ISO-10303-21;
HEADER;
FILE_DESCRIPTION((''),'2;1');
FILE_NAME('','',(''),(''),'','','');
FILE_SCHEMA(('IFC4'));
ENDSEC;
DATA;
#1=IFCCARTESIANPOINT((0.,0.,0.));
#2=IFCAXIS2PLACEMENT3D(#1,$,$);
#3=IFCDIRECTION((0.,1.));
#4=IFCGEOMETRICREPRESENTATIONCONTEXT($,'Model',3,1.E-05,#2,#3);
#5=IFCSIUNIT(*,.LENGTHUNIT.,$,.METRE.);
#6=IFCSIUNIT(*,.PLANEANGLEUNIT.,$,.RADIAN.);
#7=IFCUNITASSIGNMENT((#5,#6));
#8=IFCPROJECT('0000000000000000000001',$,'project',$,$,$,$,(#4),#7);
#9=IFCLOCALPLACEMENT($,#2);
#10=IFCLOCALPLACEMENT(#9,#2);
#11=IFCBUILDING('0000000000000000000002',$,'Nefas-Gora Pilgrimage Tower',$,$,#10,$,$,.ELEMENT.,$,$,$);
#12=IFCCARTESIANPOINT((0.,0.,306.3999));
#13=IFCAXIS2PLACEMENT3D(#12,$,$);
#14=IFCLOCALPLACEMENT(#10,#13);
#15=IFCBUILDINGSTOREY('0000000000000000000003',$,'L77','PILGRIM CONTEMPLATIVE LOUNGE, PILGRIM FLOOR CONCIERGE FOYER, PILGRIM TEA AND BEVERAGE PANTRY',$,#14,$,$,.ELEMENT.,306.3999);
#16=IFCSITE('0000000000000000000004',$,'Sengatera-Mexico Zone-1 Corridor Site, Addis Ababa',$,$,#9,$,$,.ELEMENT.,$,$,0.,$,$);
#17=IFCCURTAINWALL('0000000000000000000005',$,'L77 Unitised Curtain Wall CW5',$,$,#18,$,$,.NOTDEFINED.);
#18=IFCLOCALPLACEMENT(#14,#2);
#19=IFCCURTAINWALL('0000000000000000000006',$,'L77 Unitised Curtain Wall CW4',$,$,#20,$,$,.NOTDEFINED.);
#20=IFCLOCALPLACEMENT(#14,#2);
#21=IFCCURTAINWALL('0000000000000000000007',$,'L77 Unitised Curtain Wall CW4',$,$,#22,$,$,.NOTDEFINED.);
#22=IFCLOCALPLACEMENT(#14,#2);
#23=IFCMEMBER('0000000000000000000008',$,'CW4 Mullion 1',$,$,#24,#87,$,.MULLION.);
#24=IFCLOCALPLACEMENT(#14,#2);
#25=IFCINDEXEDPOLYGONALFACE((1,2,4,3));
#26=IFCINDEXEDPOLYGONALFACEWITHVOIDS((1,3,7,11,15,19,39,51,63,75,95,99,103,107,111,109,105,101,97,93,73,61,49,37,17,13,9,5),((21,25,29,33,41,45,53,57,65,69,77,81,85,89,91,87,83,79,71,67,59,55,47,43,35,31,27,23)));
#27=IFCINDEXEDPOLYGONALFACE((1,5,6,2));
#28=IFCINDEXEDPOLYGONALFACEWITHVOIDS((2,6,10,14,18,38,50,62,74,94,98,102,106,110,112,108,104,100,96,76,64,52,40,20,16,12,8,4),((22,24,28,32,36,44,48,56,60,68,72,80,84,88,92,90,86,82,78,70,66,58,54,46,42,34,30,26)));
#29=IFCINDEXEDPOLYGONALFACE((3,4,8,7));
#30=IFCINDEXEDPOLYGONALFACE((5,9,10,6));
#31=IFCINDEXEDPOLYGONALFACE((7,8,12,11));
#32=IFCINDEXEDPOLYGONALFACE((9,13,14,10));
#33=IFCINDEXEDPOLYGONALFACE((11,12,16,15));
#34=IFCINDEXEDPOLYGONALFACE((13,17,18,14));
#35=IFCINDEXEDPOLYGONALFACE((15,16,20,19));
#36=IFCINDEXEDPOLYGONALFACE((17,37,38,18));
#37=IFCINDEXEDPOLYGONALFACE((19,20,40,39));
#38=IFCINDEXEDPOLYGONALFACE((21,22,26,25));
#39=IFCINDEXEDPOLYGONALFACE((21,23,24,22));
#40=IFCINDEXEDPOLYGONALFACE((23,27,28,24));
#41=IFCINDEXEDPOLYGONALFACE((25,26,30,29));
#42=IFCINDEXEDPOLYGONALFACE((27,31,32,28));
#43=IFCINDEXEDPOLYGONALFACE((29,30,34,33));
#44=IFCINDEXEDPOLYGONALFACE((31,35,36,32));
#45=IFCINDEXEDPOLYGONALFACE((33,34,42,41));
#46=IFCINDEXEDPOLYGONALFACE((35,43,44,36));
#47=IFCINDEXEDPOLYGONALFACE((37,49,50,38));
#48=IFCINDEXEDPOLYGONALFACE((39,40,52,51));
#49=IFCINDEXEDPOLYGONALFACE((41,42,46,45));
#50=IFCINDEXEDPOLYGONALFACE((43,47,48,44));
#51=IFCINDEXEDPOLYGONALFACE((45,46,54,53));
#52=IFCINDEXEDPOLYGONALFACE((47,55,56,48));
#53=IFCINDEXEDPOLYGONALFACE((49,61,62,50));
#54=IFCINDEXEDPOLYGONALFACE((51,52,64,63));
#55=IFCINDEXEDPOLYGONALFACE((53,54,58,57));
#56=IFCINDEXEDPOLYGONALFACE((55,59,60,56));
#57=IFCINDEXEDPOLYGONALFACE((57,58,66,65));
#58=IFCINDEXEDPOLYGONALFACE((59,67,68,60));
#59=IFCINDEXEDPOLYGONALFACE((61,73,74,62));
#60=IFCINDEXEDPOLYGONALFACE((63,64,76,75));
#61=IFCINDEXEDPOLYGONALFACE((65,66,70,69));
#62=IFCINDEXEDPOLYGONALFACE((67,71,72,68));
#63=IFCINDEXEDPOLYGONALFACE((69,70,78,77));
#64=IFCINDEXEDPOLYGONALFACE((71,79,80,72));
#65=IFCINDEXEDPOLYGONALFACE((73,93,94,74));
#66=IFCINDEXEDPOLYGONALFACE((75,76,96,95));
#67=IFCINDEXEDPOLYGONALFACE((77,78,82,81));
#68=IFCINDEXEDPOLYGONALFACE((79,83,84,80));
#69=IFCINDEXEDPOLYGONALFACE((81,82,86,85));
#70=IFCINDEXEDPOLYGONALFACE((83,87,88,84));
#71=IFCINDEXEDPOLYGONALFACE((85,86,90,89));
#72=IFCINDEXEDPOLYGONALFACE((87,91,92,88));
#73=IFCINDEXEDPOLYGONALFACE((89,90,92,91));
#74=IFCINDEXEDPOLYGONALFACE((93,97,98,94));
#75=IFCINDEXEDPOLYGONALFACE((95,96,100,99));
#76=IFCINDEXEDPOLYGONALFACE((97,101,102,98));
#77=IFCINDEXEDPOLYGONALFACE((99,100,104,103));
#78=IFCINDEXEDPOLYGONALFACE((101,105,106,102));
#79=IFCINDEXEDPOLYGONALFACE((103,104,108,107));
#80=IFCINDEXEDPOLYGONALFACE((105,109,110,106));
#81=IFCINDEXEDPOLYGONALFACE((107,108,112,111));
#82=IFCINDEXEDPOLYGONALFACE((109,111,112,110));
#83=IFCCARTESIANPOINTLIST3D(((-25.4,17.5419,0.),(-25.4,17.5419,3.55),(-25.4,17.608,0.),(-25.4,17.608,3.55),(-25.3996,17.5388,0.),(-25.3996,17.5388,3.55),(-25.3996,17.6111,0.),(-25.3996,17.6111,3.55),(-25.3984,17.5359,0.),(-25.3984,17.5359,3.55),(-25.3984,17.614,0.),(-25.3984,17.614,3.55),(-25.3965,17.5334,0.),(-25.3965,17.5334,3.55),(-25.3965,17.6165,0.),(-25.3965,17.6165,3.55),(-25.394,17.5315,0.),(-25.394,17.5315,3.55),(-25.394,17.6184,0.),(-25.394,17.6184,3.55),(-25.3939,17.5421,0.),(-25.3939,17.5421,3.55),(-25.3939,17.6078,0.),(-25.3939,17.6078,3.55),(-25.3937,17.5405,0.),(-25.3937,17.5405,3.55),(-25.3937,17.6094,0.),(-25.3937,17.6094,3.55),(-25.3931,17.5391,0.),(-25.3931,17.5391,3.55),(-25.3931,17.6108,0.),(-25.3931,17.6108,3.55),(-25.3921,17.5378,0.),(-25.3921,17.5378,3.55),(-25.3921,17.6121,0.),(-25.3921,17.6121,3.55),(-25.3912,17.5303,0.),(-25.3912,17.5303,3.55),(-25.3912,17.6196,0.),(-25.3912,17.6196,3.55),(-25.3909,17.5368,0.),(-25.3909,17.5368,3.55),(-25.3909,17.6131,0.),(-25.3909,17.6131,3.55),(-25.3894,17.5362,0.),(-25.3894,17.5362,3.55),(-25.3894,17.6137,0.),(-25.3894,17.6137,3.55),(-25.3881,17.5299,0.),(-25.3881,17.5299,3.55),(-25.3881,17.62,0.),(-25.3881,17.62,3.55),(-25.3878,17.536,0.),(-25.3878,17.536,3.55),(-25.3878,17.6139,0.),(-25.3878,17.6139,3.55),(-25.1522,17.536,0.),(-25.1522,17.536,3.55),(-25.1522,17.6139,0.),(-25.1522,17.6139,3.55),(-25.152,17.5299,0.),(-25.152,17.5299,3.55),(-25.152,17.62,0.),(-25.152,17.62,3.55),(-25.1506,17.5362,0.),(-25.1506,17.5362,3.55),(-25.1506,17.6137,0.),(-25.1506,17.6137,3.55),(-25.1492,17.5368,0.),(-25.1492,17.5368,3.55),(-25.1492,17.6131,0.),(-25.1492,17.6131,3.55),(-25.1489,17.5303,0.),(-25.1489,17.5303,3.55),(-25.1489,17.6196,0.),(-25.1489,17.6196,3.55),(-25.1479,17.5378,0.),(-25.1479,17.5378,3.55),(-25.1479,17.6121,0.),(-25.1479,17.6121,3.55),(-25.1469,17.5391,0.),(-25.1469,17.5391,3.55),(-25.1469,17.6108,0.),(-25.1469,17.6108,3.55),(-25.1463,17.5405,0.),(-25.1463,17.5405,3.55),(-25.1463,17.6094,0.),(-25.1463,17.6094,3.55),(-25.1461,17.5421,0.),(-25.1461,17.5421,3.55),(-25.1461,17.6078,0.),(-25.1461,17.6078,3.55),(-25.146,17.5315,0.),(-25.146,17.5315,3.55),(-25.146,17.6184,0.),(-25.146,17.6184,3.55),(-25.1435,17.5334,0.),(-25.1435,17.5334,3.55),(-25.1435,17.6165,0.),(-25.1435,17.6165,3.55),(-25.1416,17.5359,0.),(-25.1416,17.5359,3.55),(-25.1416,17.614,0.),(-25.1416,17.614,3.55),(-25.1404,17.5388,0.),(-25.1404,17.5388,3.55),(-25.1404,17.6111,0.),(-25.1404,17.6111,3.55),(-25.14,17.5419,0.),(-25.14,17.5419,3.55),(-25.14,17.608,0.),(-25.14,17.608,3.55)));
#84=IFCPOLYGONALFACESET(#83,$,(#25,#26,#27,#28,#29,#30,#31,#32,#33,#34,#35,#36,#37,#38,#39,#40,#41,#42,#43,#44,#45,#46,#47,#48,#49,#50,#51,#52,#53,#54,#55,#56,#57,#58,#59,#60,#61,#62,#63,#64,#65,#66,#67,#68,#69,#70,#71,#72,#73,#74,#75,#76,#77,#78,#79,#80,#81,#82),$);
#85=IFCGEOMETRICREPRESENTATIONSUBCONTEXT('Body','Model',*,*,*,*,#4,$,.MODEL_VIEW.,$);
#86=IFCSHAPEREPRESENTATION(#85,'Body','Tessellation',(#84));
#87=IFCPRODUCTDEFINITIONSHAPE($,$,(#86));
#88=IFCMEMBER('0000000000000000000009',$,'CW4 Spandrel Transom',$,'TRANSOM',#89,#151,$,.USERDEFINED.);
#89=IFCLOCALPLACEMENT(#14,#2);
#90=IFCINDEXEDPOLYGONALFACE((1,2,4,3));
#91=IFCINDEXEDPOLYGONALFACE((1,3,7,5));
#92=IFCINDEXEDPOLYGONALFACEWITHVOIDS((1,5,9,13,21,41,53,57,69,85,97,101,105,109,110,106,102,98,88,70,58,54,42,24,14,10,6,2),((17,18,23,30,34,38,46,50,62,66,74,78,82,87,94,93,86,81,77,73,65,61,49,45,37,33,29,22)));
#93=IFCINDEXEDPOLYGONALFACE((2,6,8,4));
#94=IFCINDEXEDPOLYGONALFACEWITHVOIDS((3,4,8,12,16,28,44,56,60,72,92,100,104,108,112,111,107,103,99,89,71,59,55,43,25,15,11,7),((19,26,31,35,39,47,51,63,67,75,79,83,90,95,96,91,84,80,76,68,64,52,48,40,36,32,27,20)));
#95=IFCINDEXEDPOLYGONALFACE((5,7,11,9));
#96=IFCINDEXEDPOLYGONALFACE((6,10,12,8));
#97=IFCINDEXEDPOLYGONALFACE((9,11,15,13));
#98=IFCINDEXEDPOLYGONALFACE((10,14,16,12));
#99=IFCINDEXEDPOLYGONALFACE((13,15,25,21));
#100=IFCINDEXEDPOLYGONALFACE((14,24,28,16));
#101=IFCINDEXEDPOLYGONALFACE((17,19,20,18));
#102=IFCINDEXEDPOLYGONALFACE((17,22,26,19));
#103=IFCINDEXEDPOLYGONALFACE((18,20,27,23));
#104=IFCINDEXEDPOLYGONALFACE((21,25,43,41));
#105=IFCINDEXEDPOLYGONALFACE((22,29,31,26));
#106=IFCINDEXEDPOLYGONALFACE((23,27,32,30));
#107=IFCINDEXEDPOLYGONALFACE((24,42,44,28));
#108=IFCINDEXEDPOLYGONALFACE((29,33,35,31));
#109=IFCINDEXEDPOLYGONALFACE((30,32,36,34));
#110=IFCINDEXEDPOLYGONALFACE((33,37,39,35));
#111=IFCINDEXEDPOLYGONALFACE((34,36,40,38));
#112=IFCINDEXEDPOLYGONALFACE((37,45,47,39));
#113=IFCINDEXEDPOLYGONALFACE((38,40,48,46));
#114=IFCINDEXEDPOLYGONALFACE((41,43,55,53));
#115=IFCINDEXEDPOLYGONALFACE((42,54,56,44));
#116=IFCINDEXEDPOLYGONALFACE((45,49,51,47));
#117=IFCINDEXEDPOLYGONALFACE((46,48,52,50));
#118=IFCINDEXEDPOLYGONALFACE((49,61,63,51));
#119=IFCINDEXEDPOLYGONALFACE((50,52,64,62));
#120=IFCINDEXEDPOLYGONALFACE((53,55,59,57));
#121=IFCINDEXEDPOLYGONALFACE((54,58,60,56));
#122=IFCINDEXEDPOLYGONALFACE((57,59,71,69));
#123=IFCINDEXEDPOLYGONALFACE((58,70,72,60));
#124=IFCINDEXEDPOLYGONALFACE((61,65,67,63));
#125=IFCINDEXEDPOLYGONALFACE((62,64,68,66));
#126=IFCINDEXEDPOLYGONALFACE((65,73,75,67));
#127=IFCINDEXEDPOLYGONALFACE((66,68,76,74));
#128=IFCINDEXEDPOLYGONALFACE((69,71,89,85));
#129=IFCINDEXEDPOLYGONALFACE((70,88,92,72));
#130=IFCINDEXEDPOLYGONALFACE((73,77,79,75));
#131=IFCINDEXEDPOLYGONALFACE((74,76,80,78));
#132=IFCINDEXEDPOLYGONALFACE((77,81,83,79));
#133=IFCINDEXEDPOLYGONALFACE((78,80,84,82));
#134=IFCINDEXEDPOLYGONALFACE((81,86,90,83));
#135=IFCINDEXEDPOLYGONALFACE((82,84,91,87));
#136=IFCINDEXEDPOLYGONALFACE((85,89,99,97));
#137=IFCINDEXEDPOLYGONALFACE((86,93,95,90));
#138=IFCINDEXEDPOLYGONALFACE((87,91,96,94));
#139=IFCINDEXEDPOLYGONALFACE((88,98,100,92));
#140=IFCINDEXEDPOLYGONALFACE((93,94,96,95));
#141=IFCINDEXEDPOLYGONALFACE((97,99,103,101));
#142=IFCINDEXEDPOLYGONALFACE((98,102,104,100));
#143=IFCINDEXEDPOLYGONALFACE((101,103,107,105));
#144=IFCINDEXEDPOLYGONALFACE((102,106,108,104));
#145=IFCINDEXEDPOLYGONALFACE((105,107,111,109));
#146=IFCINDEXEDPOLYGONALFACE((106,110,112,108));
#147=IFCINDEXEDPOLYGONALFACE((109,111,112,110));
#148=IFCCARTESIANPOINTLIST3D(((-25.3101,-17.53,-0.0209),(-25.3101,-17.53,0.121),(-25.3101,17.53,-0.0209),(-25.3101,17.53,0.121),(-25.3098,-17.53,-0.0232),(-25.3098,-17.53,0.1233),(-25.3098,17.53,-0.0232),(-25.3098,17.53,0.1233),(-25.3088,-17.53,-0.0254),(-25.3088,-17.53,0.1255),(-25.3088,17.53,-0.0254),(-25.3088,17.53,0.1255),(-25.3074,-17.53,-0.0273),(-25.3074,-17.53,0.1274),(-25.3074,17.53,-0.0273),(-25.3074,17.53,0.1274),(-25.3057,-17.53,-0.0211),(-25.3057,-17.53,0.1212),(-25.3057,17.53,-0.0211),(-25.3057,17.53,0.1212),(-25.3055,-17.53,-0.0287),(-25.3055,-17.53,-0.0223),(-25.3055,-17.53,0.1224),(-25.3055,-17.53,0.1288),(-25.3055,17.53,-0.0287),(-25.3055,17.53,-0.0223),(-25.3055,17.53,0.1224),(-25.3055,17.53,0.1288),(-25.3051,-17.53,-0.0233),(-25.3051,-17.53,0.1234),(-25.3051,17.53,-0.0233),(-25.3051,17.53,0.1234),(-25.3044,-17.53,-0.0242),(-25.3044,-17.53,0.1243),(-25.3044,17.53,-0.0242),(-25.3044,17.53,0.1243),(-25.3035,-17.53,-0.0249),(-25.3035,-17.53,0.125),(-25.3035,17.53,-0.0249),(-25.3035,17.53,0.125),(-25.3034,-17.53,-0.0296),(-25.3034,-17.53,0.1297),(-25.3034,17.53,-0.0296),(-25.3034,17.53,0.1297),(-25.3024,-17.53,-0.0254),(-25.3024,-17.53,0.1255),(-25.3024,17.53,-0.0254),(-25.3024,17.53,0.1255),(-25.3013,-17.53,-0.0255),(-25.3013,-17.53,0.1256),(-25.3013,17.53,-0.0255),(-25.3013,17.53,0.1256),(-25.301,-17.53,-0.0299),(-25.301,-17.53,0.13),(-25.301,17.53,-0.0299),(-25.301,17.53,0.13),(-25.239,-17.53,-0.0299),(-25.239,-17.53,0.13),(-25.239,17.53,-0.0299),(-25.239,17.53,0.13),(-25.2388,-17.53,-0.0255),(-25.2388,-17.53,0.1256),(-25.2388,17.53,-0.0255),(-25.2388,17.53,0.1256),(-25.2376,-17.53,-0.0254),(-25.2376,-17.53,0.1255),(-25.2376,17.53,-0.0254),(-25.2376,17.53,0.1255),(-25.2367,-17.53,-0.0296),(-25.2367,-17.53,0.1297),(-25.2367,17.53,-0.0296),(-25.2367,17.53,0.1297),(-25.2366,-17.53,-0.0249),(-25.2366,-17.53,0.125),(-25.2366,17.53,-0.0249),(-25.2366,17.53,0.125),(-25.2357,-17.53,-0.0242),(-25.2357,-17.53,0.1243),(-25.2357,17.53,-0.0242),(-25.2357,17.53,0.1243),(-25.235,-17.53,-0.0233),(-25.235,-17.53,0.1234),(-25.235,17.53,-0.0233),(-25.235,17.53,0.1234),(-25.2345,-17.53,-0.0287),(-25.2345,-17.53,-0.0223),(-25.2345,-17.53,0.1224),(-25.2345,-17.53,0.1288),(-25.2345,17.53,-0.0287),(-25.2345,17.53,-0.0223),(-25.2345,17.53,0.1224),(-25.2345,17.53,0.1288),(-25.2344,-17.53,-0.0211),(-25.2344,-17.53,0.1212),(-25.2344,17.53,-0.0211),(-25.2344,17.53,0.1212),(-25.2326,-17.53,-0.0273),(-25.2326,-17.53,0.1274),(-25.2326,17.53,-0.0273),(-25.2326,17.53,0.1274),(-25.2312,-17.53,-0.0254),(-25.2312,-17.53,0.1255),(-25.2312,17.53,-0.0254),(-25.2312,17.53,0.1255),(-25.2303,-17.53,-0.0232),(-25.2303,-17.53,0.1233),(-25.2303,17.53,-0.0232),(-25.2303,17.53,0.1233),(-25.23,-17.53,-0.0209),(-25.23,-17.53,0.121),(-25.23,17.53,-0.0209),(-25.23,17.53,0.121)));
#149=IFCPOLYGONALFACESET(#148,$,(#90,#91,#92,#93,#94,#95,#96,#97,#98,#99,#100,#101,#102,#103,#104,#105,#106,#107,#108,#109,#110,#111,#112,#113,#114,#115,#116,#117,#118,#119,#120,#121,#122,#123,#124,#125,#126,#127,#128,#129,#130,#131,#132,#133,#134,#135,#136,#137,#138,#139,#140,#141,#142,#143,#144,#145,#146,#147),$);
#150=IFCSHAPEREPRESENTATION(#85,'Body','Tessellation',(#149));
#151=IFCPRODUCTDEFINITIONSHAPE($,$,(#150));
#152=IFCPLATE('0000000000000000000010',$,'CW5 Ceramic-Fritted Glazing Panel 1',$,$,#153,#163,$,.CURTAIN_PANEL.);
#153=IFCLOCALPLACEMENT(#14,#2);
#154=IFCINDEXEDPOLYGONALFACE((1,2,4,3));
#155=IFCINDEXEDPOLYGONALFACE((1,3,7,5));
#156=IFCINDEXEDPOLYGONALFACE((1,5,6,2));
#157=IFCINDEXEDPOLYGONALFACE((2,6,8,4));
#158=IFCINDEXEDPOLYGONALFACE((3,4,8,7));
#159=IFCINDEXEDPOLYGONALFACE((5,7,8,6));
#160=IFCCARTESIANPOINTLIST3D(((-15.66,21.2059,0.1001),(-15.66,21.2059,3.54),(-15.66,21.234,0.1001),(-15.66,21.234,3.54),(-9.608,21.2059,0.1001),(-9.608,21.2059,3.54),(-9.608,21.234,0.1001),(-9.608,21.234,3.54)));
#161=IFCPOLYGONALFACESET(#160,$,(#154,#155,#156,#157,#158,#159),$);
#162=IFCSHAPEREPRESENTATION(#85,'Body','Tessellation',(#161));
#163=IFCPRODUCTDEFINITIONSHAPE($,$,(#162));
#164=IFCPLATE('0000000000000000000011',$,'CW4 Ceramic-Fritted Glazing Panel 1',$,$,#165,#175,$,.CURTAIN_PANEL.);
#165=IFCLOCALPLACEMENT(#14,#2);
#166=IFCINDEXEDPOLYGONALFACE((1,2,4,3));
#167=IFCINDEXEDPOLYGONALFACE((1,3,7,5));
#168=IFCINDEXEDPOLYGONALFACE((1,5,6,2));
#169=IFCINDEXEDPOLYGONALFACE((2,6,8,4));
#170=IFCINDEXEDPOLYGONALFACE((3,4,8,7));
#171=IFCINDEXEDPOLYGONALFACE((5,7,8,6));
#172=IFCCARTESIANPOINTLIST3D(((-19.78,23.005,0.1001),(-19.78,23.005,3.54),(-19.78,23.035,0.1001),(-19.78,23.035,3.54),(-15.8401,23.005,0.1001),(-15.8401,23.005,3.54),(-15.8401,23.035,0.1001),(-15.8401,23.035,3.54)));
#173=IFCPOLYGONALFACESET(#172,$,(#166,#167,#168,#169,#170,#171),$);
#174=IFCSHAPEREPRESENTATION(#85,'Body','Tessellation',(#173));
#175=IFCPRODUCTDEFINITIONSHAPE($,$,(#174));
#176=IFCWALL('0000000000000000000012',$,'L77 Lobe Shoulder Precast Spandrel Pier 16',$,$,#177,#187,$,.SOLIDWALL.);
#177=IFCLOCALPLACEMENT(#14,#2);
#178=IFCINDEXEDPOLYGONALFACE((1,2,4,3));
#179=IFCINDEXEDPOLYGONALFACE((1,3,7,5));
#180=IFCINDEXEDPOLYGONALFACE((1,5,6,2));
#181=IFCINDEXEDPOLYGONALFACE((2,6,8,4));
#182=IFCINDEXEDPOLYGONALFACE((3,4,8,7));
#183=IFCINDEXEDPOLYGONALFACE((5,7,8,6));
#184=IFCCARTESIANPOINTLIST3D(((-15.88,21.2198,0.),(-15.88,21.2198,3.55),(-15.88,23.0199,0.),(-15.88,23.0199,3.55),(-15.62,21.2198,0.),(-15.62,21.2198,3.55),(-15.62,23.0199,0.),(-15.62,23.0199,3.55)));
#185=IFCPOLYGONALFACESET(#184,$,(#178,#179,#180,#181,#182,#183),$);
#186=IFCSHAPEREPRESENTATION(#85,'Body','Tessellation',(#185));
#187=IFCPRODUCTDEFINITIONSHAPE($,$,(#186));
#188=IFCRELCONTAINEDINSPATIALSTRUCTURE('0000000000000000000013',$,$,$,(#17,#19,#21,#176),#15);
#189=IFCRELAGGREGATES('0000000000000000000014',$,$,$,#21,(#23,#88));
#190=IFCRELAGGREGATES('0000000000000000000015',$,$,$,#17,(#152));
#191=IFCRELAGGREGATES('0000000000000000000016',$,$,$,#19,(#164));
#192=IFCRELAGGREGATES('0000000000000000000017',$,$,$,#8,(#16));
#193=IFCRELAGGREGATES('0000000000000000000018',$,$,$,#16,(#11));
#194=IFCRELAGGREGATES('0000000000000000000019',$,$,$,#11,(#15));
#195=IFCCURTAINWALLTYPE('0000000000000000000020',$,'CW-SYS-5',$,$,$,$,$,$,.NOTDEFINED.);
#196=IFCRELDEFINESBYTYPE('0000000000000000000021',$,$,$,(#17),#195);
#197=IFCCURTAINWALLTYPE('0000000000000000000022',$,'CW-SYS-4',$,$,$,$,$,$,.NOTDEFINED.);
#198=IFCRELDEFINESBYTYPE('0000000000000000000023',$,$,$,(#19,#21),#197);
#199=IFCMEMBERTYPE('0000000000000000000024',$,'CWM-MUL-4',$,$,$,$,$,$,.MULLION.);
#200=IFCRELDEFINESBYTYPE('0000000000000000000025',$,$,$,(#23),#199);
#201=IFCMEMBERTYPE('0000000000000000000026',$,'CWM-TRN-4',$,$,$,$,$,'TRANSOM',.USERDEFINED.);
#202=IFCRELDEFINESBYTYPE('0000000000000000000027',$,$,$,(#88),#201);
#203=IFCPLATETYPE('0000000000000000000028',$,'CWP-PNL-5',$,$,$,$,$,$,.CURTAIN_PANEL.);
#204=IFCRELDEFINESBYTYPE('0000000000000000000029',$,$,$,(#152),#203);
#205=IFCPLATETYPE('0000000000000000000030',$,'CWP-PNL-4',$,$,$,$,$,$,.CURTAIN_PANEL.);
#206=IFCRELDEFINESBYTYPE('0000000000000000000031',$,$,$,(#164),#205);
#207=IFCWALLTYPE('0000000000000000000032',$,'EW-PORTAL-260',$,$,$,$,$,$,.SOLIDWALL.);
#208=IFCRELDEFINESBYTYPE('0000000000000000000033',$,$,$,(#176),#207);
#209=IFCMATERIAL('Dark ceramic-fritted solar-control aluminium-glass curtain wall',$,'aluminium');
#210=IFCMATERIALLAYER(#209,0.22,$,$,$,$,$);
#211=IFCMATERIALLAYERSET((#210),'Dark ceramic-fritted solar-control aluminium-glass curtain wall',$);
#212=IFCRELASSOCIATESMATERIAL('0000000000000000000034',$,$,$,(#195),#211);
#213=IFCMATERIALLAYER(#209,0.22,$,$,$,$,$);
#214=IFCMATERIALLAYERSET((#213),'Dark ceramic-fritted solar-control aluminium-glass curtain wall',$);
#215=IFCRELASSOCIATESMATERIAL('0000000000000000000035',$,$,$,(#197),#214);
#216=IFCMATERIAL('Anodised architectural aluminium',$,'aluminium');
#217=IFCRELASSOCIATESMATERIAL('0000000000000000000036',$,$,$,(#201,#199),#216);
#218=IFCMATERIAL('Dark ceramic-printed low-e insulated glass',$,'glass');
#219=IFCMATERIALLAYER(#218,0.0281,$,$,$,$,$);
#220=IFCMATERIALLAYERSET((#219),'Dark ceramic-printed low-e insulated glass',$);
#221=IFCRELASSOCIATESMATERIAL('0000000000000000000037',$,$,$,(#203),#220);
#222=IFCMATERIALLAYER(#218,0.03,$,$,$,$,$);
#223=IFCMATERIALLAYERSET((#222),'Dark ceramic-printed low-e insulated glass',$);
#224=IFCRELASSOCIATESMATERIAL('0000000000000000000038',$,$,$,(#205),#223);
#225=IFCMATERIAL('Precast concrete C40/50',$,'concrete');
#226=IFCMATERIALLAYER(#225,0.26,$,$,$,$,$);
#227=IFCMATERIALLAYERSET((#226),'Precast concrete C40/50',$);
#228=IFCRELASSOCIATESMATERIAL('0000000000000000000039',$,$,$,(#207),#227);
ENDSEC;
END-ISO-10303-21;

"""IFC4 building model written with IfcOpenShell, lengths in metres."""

from ifc_helpers import new_model, si_unit, direction, frame, frame_2d, origin, origin_2d, place, context, subcontext, project, spatial, rectangle, hollow_rectangle, extrude, source, transform, mapped, material, layer, layer_set, material_profile, profile_set, type_object, element, aggregate, save


model = new_model("IFC4")

# Units and contexts
model_context = context("Model", 3, precision=1e-05, world=origin(), true_north=direction((0.0, 1.0)))
body_context = subcontext(model_context, "Body", "Model", "MODEL_VIEW")
ifc_project = project(units=[si_unit("LENGTHUNIT", "METRE"), si_unit("PLANEANGLEUNIT", "RADIAN")], contexts=[model_context])

# Site, building, storey
site_placement = place(None, origin())
site = spatial("IfcSite", under=ifc_project, at=site_placement, Name="Sengatera-Mexico Zone-1 Corridor Site, Addis Ababa", CompositionType="ELEMENT", RefElevation=0.0)
building_placement = place(site_placement, origin())
building = spatial("IfcBuilding", under=site, at=building_placement, Name="Nefas-Gora Pilgrimage Tower", CompositionType="ELEMENT")
storey_placement = place(building_placement, frame((0.0, 0.0, 306.3999)))
storey = spatial("IfcBuildingStorey", under=building, at=storey_placement, Name="L77", Description="PILGRIM CONTEMPLATIVE LOUNGE, PILGRIM FLOOR CONCIERGE FOYER, PILGRIM TEA AND BEVERAGE PANTRY", CompositionType="ELEMENT", Elevation=306.3999)

# Curtain wall
ifc_material_1 = material(Name="Dark ceramic-fritted solar-control aluminium-glass curtain wall", Category="aluminium")
ifc_layer_1 = layer(ifc_material_1, 0.22)
ifc_layer_set_1 = layer_set([ifc_layer_1], Name="Dark ceramic-fritted solar-control aluminium-glass curtain wall")
curtain_wall_type_1 = type_object("IfcCurtainWallType", Name="CW-SYS-5", PredefinedType="NOTDEFINED", material=ifc_layer_set_1)
curtain_wall_1_placement = place(storey_placement, origin())
curtain_wall_1 = element("IfcCurtainWall", 1, at=curtain_wall_1_placement, inside=storey, type_object=curtain_wall_type_1, Name="L77 Unitised Curtain Wall CW5", PredefinedType="NOTDEFINED")
ifc_material_2 = material(Name="Anodised architectural aluminium", Category="aluminium")

# Curtain walls, members
ifc_layer_2 = layer(ifc_material_1, 0.22)
ifc_layer_set_2 = layer_set([ifc_layer_2], Name="Dark ceramic-fritted solar-control aluminium-glass curtain wall")
curtain_wall_type_2 = type_object("IfcCurtainWallType", Name="CW-SYS-4", PredefinedType="NOTDEFINED", material=ifc_layer_set_2)
curtain_wall_2_placement = place(storey_placement, origin())
curtain_wall_2 = element("IfcCurtainWall", 2, at=curtain_wall_2_placement, inside=storey, type_object=curtain_wall_type_2, Name="L77 Unitised Curtain Wall CW4", PredefinedType="NOTDEFINED")
ifc_material_profile_1 = material_profile(ifc_material_2, hollow_rectangle(XDim=0.0801, YDim=0.1599, WallThickness=0.0044, InnerFilletRadius=0.0044, OuterFilletRadius=0.009, at=origin_2d()), Name="ALU TRANSOM 80x160")
ifc_profile_set_1 = profile_set([ifc_material_profile_1], Name="Anodised architectural aluminium")
member_type_1 = type_object("IfcMemberType", Name="CWM-TRN-4", ElementType="TRANSOM", PredefinedType="USERDEFINED", material=ifc_profile_set_1)
ifc_material_profile_2 = material_profile(ifc_material_2, hollow_rectangle(XDim=0.0901, YDim=0.26, WallThickness=0.0061, InnerFilletRadius=0.0061, OuterFilletRadius=0.012, at=origin_2d()), Name="ALU MULLION 90x260")
ifc_profile_set_2 = profile_set([ifc_material_profile_2], Name="Anodised architectural aluminium")
member_type_2 = type_object("IfcMemberType", Name="CWM-MUL-4", PredefinedType="MULLION", material=ifc_profile_set_2)
shared_shape_1 = source(origin(), body_context, "Body", "SweptSolid", [
    extrude(hollow_rectangle(XDim=0.0901, YDim=0.26, WallThickness=0.0061, InnerFilletRadius=0.0061, OuterFilletRadius=0.012, at=origin_2d()), origin(), (0.0, 0.0, 1.0), 3.55),
])
curtain_wall_3_placement = place(storey_placement, origin())
curtain_wall_3 = element("IfcCurtainWall", 3, at=curtain_wall_3_placement, inside=storey, type_object=curtain_wall_type_2, Name="L77 Unitised Curtain Wall CW4", PredefinedType="NOTDEFINED")
member_1_placement = place(storey_placement, frame((-25.27, 17.575, 0.0), z_axis=(0.0, 0.0, 1.0), x_axis=(0.0, -1.0, 0.0)))
member_1 = element("IfcMember", 4, at=member_1_placement, type_object=member_type_2, Name="CW4 Mullion 1", PredefinedType="MULLION", context=body_context, shape_type="MappedRepresentation", body=[
    mapped(shared_shape_1, transform((0.0, 0.0, 0.0), x_axis=(1.0, 0.0, 0.0), y_axis=(0.0, 1.0, 0.0), z_axis=(0.0, 0.0, 1.0), scale=1.0)),
])
shared_shape_2 = source(origin(), body_context, "Body", "SweptSolid", [
    extrude(hollow_rectangle(XDim=0.0801, YDim=0.1599, WallThickness=0.0044, InnerFilletRadius=0.0044, OuterFilletRadius=0.009, at=origin_2d()), origin(), (0.0, 0.0, 1.0), 35.0601),
])
member_2_placement = place(storey_placement, frame((-25.27, 17.53, 0.05), z_axis=(0.0, -1.0, 0.0), x_axis=(1.0, 0.0, 0.0)))
member_2 = element("IfcMember", 5, at=member_2_placement, type_object=member_type_1, Name="CW4 Spandrel Transom", ObjectType="TRANSOM", PredefinedType="USERDEFINED", context=body_context, shape_type="MappedRepresentation", body=[
    mapped(shared_shape_2, transform((0.0, 0.0, 0.0), x_axis=(1.0, 0.0, 0.0), y_axis=(0.0, 1.0, 0.0), z_axis=(0.0, 0.0, 1.0), scale=1.0)),
])
aggregate(curtain_wall_3, [member_1, member_2])

# Plates
ifc_material_3 = material(Name="Dark ceramic-printed low-e insulated glass", Category="glass")
ifc_layer_3 = layer(ifc_material_3, 0.0281)
ifc_layer_set_3 = layer_set([ifc_layer_3], Name="Dark ceramic-printed low-e insulated glass")
plate_type_1 = type_object("IfcPlateType", Name="CWP-PNL-5", PredefinedType="CURTAIN_PANEL", material=ifc_layer_set_3)
shared_shape_3 = source(origin(), body_context, "Body", "SweptSolid", [
    extrude(rectangle(XDim=6.052, YDim=0.0281, at=origin_2d()), origin(), (0.0, 0.0, 1.0), 3.4399),
])
plate_1_placement = place(storey_placement, frame((-12.634, 21.22, 0.1001), z_axis=(0.0, 0.0, 1.0), x_axis=(-1.0, 0.0, 0.0)))
plate_1 = element("IfcPlate", 6, at=plate_1_placement, type_object=plate_type_1, Name="CW5 Ceramic-Fritted Glazing Panel 1", PredefinedType="CURTAIN_PANEL", context=body_context, shape_type="MappedRepresentation", body=[
    mapped(shared_shape_3, transform((0.0, 0.0, 0.0), x_axis=(1.0, 0.0, 0.0), y_axis=(0.0, 1.0, 0.0), z_axis=(0.0, 0.0, 1.0), scale=1.0)),
])
aggregate(curtain_wall_1, [plate_1])
ifc_layer_4 = layer(ifc_material_3, 0.03)
ifc_layer_set_4 = layer_set([ifc_layer_4], Name="Dark ceramic-printed low-e insulated glass")
plate_type_2 = type_object("IfcPlateType", Name="CWP-PNL-4", PredefinedType="CURTAIN_PANEL", material=ifc_layer_set_4)
shared_shape_4 = source(origin(), body_context, "Body", "SweptSolid", [
    extrude(rectangle(XDim=3.9399, YDim=0.03, at=origin_2d()), origin(), (0.0, 0.0, 1.0), 3.4399),
])
plate_2_placement = place(storey_placement, frame((-17.8101, 23.02, 0.1001), z_axis=(0.0, 0.0, 1.0), x_axis=(-1.0, 0.0, 0.0)))
plate_2 = element("IfcPlate", 7, at=plate_2_placement, type_object=plate_type_2, Name="CW4 Ceramic-Fritted Glazing Panel 1", PredefinedType="CURTAIN_PANEL", context=body_context, shape_type="MappedRepresentation", body=[
    mapped(shared_shape_4, transform((0.0, 0.0, 0.0), x_axis=(1.0, 0.0, 0.0), y_axis=(0.0, 1.0, 0.0), z_axis=(0.0, 0.0, 1.0), scale=1.0)),
])
aggregate(curtain_wall_2, [plate_2])

# Wall
ifc_material_4 = material(Name="Precast concrete C40/50", Category="concrete")
ifc_layer_5 = layer(ifc_material_4, 0.26)
ifc_layer_set_5 = layer_set([ifc_layer_5], Name="Precast concrete C40/50")
wall_type_1 = type_object("IfcWallType", Name="EW-PORTAL-260", PredefinedType="SOLIDWALL", material=ifc_layer_set_5)
shared_shape_5 = source(origin(), body_context, "Body", "SweptSolid", [
    extrude(rectangle(XDim=1.8, YDim=0.26, at=frame_2d((0.8999, 0.0))), origin(), (0.0, 0.0, 1.0), 3.55),
])
wall_1_placement = place(storey_placement, frame((-15.75, 21.22, 0.0), z_axis=(0.0, 0.0, 1.0), x_axis=(0.0, 1.0, 0.0)))
element("IfcWall", 8, at=wall_1_placement, inside=storey, type_object=wall_type_1, Name="L77 Lobe Shoulder Precast Spandrel Pier 16", PredefinedType="SOLIDWALL", context=body_context, shape_type="MappedRepresentation", body=[
    mapped(shared_shape_5, transform((0.0, 0.0, 0.0), x_axis=(1.0, 0.0, 0.0), y_axis=(0.0, 1.0, 0.0), z_axis=(0.0, 0.0, 1.0), scale=1.0)),
])

save(model, "model.ifc")
